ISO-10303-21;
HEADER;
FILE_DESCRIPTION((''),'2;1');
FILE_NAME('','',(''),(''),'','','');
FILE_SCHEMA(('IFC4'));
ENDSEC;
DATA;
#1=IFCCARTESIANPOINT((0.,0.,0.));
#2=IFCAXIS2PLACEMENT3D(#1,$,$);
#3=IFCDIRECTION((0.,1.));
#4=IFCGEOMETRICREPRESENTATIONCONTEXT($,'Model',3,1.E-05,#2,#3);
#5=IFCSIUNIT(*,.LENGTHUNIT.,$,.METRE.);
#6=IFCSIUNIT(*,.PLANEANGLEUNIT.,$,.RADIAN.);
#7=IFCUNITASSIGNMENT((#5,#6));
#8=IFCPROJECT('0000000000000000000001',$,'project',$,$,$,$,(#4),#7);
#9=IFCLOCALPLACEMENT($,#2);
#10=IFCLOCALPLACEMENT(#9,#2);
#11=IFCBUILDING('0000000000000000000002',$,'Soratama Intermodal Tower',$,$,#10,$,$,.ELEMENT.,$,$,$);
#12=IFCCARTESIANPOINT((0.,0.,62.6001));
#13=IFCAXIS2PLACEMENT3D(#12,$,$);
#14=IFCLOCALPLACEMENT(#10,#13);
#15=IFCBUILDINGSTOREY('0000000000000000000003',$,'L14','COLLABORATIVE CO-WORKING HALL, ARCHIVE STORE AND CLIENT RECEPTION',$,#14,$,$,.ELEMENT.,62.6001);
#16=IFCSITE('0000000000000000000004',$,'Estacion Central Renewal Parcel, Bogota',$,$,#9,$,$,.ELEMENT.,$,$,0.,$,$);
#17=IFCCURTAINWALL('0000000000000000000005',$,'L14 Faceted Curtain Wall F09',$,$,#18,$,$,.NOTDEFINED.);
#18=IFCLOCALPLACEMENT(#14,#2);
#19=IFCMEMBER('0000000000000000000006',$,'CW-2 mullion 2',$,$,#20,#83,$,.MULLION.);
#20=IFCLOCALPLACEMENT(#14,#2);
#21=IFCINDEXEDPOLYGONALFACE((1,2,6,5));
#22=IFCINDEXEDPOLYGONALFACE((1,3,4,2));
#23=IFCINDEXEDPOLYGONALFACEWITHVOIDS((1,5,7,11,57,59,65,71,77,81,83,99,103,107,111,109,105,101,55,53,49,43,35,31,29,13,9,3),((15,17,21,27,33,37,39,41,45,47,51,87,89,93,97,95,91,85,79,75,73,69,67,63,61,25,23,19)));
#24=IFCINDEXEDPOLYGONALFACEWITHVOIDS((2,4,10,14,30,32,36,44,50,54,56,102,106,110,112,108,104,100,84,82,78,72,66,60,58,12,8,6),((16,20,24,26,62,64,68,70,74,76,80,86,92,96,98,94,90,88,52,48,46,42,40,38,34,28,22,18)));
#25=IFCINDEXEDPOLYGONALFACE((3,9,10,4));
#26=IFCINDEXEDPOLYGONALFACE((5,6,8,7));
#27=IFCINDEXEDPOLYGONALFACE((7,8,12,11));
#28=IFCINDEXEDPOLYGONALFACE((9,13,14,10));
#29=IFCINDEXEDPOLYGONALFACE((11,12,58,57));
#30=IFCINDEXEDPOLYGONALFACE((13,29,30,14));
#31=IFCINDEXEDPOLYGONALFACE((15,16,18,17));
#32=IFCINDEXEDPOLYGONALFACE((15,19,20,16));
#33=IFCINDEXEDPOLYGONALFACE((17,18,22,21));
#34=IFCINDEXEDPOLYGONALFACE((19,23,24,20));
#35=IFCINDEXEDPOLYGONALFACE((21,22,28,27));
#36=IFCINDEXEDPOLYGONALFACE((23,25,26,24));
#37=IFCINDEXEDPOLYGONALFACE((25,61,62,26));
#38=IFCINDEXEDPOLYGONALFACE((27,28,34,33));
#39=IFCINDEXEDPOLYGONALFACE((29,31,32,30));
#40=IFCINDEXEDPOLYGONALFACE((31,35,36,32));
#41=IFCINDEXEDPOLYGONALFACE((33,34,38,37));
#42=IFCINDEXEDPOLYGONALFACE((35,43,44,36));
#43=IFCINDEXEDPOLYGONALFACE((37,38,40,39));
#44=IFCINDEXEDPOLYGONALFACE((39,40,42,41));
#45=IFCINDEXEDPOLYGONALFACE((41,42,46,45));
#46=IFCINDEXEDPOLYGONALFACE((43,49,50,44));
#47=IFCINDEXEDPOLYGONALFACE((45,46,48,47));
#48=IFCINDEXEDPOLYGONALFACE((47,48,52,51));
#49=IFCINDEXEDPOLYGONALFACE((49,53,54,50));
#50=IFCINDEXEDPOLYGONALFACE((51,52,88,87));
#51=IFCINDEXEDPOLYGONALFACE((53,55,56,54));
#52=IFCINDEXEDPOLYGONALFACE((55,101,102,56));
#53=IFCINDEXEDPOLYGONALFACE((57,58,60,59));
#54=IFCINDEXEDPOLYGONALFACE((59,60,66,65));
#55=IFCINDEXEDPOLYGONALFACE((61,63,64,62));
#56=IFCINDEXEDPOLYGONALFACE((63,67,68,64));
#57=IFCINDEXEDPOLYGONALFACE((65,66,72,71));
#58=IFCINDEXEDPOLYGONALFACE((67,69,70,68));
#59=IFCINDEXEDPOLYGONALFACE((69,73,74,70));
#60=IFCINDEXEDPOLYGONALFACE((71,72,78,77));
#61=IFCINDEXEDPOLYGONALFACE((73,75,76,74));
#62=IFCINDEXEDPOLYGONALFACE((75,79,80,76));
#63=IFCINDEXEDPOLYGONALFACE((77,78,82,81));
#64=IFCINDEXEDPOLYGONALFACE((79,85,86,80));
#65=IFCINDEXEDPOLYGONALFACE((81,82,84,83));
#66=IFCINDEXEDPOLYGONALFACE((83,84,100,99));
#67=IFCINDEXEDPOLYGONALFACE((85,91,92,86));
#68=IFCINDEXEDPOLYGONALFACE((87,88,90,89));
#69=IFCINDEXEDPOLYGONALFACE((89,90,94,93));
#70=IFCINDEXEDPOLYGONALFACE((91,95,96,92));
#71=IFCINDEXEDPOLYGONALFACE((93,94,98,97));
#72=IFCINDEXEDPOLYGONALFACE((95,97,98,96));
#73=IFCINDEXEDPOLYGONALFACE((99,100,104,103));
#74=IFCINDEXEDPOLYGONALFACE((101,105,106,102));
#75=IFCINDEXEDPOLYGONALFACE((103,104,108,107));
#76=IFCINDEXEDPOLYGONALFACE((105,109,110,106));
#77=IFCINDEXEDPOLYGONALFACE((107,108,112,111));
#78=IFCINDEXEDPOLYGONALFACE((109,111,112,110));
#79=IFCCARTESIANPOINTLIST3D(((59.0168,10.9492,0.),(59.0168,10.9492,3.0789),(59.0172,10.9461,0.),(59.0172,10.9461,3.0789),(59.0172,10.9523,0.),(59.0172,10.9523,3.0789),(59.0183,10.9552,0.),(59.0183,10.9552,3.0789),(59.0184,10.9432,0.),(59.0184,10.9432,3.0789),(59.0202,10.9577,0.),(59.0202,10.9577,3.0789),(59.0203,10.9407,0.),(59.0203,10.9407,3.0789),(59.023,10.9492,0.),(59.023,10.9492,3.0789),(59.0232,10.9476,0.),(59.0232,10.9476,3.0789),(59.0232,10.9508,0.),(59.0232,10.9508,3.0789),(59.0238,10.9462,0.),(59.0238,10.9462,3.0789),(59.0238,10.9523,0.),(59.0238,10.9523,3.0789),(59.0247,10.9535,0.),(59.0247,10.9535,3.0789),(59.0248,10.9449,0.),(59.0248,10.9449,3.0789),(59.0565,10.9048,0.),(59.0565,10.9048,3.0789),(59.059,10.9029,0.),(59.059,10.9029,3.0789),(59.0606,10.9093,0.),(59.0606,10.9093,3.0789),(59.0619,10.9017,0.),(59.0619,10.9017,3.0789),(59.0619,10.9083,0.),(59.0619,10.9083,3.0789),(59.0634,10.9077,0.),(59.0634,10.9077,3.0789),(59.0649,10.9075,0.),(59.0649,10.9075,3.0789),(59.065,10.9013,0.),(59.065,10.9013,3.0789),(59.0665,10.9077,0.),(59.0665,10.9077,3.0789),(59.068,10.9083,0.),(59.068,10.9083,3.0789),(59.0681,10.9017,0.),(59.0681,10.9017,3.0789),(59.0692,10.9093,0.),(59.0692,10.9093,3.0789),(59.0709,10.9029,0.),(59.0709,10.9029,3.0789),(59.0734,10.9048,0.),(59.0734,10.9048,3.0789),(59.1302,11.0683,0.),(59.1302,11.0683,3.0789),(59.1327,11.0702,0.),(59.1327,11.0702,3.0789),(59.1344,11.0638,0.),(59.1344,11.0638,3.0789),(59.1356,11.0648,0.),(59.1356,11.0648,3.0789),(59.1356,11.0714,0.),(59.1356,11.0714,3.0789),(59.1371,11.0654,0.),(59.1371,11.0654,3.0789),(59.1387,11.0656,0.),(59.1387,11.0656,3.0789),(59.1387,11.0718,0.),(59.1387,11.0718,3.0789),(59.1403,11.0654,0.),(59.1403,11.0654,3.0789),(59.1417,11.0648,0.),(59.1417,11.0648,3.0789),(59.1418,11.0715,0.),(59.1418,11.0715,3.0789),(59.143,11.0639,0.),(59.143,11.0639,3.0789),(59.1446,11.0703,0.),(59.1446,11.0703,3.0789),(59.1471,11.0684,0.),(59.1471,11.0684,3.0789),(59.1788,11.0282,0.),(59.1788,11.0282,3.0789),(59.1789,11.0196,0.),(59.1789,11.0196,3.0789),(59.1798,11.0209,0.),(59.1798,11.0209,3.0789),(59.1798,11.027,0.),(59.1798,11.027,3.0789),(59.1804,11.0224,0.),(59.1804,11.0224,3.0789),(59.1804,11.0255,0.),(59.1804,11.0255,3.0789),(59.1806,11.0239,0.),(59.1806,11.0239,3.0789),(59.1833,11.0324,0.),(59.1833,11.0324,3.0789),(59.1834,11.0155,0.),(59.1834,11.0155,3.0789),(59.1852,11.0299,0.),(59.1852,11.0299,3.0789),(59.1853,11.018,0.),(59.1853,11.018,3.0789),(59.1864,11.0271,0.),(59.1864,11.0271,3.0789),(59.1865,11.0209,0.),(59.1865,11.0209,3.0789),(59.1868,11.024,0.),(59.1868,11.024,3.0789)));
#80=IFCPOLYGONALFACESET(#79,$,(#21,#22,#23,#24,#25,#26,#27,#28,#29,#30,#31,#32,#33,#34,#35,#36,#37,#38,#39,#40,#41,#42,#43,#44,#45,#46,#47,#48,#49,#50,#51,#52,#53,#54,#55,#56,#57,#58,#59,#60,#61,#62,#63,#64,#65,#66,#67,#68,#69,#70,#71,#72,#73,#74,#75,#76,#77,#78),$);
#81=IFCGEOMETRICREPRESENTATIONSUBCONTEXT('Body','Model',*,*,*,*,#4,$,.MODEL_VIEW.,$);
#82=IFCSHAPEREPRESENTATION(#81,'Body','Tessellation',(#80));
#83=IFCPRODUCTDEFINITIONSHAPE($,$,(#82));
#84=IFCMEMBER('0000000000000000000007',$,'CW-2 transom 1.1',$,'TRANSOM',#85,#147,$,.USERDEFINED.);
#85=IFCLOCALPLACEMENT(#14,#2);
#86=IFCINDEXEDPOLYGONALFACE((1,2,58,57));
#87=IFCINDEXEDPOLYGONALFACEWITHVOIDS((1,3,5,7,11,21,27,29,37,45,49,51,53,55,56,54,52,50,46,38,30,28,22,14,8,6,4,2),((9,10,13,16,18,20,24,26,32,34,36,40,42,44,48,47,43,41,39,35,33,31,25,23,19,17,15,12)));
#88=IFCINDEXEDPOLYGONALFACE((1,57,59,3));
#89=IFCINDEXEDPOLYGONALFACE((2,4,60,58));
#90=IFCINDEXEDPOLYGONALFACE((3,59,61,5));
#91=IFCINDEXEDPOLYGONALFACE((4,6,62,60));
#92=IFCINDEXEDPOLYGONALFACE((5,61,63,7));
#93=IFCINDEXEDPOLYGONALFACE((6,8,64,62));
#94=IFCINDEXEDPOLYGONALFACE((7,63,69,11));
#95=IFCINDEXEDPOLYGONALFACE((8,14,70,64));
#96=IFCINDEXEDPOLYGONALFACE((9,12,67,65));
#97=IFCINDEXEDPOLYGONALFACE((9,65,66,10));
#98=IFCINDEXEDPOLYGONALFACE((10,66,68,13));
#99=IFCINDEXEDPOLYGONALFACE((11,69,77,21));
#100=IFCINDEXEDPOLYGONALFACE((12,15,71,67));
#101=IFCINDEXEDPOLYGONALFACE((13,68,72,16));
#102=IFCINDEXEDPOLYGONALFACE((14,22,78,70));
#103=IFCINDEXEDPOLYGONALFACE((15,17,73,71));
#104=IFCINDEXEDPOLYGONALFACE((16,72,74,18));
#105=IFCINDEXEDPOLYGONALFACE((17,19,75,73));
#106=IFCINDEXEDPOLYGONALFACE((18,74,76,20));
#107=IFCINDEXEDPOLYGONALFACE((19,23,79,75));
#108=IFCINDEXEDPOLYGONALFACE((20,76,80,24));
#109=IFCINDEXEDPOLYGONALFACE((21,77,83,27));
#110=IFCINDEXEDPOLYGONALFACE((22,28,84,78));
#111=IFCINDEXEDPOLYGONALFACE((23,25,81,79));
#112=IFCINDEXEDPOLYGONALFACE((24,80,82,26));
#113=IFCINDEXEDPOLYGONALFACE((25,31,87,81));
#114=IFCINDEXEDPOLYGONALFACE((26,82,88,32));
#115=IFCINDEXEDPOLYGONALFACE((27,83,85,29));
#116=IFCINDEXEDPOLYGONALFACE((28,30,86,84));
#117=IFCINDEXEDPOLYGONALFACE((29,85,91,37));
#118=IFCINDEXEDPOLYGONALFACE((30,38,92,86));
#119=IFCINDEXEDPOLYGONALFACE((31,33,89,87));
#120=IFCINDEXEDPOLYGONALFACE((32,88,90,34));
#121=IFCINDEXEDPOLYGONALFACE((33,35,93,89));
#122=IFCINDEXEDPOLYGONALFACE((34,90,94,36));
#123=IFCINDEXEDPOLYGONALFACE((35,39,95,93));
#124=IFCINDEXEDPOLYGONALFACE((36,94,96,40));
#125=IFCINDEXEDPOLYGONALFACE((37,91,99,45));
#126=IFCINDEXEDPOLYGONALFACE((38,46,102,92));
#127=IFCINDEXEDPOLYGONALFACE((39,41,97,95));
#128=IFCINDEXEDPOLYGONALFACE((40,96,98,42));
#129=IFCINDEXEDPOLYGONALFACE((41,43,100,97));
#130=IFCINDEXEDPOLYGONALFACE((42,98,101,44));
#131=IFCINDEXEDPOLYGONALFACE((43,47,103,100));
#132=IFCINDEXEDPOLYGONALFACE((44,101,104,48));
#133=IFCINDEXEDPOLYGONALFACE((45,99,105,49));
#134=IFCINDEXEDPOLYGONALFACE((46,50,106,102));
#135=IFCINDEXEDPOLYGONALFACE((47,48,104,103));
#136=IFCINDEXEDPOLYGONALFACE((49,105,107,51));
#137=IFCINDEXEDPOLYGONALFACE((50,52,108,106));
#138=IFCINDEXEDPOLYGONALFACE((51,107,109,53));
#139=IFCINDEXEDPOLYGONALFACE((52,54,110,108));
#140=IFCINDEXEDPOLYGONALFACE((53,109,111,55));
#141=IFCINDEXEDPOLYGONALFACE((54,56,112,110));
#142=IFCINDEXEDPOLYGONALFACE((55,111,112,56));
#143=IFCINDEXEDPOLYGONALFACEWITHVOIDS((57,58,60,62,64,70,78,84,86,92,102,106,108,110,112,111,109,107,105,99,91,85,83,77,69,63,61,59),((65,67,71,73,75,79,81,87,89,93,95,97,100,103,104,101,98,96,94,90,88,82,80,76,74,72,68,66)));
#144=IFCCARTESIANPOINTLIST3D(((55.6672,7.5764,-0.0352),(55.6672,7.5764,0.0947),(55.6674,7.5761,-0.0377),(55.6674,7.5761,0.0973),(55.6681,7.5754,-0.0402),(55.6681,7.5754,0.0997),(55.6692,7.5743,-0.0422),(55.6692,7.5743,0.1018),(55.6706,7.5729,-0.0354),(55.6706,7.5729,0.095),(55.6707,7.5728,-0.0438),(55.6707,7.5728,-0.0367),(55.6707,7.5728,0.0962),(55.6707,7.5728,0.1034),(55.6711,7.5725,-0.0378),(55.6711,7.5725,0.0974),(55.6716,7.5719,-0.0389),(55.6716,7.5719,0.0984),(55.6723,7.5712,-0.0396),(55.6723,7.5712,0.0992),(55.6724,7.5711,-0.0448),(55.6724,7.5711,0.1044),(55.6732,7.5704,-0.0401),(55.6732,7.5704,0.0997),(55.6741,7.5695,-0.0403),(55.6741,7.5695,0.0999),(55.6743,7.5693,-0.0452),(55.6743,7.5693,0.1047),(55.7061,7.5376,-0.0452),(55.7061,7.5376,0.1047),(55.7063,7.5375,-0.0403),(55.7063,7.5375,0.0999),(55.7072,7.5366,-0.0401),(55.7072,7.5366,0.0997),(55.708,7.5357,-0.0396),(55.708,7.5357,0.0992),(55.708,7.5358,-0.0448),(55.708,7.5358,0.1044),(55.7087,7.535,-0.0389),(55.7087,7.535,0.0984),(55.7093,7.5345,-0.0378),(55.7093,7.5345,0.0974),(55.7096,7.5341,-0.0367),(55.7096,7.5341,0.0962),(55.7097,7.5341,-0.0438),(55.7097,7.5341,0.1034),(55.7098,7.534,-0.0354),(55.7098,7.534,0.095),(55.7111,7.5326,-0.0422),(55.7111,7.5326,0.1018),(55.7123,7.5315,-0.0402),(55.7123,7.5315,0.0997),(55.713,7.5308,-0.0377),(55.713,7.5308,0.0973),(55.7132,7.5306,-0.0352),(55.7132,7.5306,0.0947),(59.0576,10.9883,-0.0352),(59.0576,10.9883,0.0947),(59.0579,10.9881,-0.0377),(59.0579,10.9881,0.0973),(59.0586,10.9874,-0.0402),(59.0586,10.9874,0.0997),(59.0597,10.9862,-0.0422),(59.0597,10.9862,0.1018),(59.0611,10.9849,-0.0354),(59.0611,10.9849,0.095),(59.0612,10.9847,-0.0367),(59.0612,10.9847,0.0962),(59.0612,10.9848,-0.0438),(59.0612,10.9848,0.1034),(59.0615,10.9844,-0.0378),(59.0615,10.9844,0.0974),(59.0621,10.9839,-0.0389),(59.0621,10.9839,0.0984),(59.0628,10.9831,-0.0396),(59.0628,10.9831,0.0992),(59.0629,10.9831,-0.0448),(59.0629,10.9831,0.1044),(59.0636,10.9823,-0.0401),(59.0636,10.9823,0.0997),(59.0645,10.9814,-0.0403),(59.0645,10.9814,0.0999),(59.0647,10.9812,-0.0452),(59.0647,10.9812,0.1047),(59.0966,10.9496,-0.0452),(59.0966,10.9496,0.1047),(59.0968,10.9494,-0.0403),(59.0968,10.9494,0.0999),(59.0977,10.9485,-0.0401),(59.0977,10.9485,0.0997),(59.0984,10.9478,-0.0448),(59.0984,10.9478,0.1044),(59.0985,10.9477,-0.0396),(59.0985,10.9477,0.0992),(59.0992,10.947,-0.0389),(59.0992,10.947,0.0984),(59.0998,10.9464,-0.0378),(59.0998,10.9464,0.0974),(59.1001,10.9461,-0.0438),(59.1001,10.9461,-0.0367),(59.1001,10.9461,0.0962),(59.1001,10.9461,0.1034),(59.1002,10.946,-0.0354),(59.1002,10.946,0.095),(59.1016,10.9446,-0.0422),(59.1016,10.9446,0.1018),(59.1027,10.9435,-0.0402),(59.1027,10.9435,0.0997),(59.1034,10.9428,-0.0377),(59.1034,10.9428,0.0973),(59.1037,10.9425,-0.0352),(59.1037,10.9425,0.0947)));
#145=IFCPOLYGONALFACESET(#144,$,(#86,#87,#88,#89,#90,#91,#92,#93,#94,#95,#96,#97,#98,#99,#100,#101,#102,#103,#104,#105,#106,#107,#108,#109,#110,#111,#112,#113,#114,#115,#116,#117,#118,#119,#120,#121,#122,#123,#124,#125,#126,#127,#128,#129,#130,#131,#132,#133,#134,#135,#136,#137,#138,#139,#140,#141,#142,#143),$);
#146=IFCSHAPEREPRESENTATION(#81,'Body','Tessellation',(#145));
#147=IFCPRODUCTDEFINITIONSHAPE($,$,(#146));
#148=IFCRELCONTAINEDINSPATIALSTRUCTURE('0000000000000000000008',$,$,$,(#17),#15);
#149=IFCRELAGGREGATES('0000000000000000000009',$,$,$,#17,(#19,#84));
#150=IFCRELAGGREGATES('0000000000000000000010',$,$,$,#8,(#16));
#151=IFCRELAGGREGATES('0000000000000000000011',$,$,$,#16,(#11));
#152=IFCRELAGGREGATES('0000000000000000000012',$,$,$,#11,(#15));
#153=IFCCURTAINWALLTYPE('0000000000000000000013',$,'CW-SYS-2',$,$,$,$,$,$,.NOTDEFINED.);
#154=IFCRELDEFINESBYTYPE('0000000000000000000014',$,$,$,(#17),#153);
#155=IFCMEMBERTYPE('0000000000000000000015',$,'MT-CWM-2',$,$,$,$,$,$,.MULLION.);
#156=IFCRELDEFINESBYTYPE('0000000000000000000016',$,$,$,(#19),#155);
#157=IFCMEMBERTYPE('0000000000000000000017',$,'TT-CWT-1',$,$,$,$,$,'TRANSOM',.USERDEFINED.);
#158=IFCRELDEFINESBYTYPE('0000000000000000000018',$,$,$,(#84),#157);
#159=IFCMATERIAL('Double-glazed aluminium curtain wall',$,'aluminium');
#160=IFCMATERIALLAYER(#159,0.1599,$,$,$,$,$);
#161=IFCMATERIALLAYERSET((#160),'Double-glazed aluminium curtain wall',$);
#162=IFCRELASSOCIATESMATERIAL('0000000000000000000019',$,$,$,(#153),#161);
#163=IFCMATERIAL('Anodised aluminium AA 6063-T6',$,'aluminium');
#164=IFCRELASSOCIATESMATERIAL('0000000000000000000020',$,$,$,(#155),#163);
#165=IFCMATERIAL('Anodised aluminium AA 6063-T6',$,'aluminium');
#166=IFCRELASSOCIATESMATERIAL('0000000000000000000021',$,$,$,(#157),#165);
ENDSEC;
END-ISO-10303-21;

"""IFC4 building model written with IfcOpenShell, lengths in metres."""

from ifc_helpers import new_model, si_unit, direction, frame, origin, origin_2d, place, context, subcontext, project, spatial, hollow_rectangle, extrude, material, layer, layer_set, material_profile, profile_set, type_object, element, aggregate, save


model = new_model("IFC4")

# Units and contexts
model_context = context("Model", 3, precision=1e-05, world=origin(), true_north=direction((0.0, 1.0)))
body_context = subcontext(model_context, "Body", "Model", "MODEL_VIEW")
ifc_project = project(units=[si_unit("LENGTHUNIT", "METRE"), si_unit("PLANEANGLEUNIT", "RADIAN")], contexts=[model_context])

# Site, building, storey
site_placement = place(None, origin())
site = spatial("IfcSite", under=ifc_project, at=site_placement, Name="Estacion Central Renewal Parcel, Bogota", CompositionType="ELEMENT", RefElevation=0.0)
building_placement = place(site_placement, origin())
building = spatial("IfcBuilding", under=site, at=building_placement, Name="Soratama Intermodal Tower", CompositionType="ELEMENT")
storey_placement = place(building_placement, frame((0.0, 0.0, 62.6001)))
storey = spatial("IfcBuildingStorey", under=building, at=storey_placement, Name="L14", Description="COLLABORATIVE CO-WORKING HALL, ARCHIVE STORE AND CLIENT RECEPTION", CompositionType="ELEMENT", Elevation=62.6001)

# Curtain wall, members
ifc_material_1 = material(Name="Double-glazed aluminium curtain wall", Category="aluminium")
ifc_layer_1 = layer(ifc_material_1, 0.1599)
ifc_layer_set_1 = layer_set([ifc_layer_1], Name="Double-glazed aluminium curtain wall")
curtain_wall_type = type_object("IfcCurtainWallType", Name="CW-SYS-2", PredefinedType="NOTDEFINED", material=ifc_layer_set_1)
curtain_wall_placement = place(storey_placement, origin())
curtain_wall = element("IfcCurtainWall", 1, at=curtain_wall_placement, inside=storey, type_object=curtain_wall_type, Name="L14 Faceted Curtain Wall F09", PredefinedType="NOTDEFINED")
ifc_material_2 = material(Name="Anodised aluminium AA 6063-T6", Category="aluminium")
ifc_material_profile_1 = material_profile(ifc_material_2, hollow_rectangle(XDim=0.075, YDim=0.1799, WallThickness=0.0061, InnerFilletRadius=0.0061, OuterFilletRadius=0.012, at=origin_2d()), Name="CWM180X75X6")
ifc_profile_set_1 = profile_set([ifc_material_profile_1], Name="Anodised aluminium AA 6063-T6")
member_type_1 = type_object("IfcMemberType", Name="MT-CWM-2", PredefinedType="MULLION", material=ifc_profile_set_1)
member_1_placement = place(storey_placement, frame((59.1018, 10.9866, 0.0), z_axis=(0.0, 0.0, 1.0), x_axis=(-0.709328, 0.704879, 0.0)))
member_1 = element("IfcMember", 2, at=member_1_placement, type_object=member_type_1, Name="CW-2 mullion 2", PredefinedType="MULLION", context=body_context, shape_type="SweptSolid", body=[
    extrude(hollow_rectangle(XDim=0.075, YDim=0.1799, WallThickness=0.0061, InnerFilletRadius=0.0061, OuterFilletRadius=0.012, at=origin_2d()), origin(), (0.0, 0.0, 1.0), 3.0789),
])
ifc_material_3 = material(Name="Anodised aluminium AA 6063-T6", Category="aluminium")
ifc_material_profile_2 = material_profile(ifc_material_3, hollow_rectangle(XDim=0.0649, YDim=0.1499, WallThickness=0.0049, InnerFilletRadius=0.0049, OuterFilletRadius=0.01, at=origin_2d()), Name="CWT150X65X5")
ifc_profile_set_2 = profile_set([ifc_material_profile_2], Name="Anodised aluminium AA 6063-T6")
member_type_2 = type_object("IfcMemberType", Name="TT-CWT-1", ElementType="TRANSOM", PredefinedType="USERDEFINED", material=ifc_profile_set_2)
member_2_placement = place(storey_placement, frame((55.6902, 7.5535, 0.0298), z_axis=(0.70487, 0.709337, 0.0), x_axis=(-0.709337, 0.70487, 0.0)))
member_2 = element("IfcMember", 3, at=member_2_placement, type_object=member_type_2, Name="CW-2 transom 1.1", ObjectType="TRANSOM", PredefinedType="USERDEFINED", context=body_context, shape_type="SweptSolid", body=[
    extrude(hollow_rectangle(XDim=0.0649, YDim=0.1499, WallThickness=0.0049, InnerFilletRadius=0.0049, OuterFilletRadius=0.01, at=origin_2d()), origin(), (0.0, 0.0, 1.0), 4.8101),
])
aggregate(curtain_wall, [member_1, member_2])

save(model, "model.ifc")
